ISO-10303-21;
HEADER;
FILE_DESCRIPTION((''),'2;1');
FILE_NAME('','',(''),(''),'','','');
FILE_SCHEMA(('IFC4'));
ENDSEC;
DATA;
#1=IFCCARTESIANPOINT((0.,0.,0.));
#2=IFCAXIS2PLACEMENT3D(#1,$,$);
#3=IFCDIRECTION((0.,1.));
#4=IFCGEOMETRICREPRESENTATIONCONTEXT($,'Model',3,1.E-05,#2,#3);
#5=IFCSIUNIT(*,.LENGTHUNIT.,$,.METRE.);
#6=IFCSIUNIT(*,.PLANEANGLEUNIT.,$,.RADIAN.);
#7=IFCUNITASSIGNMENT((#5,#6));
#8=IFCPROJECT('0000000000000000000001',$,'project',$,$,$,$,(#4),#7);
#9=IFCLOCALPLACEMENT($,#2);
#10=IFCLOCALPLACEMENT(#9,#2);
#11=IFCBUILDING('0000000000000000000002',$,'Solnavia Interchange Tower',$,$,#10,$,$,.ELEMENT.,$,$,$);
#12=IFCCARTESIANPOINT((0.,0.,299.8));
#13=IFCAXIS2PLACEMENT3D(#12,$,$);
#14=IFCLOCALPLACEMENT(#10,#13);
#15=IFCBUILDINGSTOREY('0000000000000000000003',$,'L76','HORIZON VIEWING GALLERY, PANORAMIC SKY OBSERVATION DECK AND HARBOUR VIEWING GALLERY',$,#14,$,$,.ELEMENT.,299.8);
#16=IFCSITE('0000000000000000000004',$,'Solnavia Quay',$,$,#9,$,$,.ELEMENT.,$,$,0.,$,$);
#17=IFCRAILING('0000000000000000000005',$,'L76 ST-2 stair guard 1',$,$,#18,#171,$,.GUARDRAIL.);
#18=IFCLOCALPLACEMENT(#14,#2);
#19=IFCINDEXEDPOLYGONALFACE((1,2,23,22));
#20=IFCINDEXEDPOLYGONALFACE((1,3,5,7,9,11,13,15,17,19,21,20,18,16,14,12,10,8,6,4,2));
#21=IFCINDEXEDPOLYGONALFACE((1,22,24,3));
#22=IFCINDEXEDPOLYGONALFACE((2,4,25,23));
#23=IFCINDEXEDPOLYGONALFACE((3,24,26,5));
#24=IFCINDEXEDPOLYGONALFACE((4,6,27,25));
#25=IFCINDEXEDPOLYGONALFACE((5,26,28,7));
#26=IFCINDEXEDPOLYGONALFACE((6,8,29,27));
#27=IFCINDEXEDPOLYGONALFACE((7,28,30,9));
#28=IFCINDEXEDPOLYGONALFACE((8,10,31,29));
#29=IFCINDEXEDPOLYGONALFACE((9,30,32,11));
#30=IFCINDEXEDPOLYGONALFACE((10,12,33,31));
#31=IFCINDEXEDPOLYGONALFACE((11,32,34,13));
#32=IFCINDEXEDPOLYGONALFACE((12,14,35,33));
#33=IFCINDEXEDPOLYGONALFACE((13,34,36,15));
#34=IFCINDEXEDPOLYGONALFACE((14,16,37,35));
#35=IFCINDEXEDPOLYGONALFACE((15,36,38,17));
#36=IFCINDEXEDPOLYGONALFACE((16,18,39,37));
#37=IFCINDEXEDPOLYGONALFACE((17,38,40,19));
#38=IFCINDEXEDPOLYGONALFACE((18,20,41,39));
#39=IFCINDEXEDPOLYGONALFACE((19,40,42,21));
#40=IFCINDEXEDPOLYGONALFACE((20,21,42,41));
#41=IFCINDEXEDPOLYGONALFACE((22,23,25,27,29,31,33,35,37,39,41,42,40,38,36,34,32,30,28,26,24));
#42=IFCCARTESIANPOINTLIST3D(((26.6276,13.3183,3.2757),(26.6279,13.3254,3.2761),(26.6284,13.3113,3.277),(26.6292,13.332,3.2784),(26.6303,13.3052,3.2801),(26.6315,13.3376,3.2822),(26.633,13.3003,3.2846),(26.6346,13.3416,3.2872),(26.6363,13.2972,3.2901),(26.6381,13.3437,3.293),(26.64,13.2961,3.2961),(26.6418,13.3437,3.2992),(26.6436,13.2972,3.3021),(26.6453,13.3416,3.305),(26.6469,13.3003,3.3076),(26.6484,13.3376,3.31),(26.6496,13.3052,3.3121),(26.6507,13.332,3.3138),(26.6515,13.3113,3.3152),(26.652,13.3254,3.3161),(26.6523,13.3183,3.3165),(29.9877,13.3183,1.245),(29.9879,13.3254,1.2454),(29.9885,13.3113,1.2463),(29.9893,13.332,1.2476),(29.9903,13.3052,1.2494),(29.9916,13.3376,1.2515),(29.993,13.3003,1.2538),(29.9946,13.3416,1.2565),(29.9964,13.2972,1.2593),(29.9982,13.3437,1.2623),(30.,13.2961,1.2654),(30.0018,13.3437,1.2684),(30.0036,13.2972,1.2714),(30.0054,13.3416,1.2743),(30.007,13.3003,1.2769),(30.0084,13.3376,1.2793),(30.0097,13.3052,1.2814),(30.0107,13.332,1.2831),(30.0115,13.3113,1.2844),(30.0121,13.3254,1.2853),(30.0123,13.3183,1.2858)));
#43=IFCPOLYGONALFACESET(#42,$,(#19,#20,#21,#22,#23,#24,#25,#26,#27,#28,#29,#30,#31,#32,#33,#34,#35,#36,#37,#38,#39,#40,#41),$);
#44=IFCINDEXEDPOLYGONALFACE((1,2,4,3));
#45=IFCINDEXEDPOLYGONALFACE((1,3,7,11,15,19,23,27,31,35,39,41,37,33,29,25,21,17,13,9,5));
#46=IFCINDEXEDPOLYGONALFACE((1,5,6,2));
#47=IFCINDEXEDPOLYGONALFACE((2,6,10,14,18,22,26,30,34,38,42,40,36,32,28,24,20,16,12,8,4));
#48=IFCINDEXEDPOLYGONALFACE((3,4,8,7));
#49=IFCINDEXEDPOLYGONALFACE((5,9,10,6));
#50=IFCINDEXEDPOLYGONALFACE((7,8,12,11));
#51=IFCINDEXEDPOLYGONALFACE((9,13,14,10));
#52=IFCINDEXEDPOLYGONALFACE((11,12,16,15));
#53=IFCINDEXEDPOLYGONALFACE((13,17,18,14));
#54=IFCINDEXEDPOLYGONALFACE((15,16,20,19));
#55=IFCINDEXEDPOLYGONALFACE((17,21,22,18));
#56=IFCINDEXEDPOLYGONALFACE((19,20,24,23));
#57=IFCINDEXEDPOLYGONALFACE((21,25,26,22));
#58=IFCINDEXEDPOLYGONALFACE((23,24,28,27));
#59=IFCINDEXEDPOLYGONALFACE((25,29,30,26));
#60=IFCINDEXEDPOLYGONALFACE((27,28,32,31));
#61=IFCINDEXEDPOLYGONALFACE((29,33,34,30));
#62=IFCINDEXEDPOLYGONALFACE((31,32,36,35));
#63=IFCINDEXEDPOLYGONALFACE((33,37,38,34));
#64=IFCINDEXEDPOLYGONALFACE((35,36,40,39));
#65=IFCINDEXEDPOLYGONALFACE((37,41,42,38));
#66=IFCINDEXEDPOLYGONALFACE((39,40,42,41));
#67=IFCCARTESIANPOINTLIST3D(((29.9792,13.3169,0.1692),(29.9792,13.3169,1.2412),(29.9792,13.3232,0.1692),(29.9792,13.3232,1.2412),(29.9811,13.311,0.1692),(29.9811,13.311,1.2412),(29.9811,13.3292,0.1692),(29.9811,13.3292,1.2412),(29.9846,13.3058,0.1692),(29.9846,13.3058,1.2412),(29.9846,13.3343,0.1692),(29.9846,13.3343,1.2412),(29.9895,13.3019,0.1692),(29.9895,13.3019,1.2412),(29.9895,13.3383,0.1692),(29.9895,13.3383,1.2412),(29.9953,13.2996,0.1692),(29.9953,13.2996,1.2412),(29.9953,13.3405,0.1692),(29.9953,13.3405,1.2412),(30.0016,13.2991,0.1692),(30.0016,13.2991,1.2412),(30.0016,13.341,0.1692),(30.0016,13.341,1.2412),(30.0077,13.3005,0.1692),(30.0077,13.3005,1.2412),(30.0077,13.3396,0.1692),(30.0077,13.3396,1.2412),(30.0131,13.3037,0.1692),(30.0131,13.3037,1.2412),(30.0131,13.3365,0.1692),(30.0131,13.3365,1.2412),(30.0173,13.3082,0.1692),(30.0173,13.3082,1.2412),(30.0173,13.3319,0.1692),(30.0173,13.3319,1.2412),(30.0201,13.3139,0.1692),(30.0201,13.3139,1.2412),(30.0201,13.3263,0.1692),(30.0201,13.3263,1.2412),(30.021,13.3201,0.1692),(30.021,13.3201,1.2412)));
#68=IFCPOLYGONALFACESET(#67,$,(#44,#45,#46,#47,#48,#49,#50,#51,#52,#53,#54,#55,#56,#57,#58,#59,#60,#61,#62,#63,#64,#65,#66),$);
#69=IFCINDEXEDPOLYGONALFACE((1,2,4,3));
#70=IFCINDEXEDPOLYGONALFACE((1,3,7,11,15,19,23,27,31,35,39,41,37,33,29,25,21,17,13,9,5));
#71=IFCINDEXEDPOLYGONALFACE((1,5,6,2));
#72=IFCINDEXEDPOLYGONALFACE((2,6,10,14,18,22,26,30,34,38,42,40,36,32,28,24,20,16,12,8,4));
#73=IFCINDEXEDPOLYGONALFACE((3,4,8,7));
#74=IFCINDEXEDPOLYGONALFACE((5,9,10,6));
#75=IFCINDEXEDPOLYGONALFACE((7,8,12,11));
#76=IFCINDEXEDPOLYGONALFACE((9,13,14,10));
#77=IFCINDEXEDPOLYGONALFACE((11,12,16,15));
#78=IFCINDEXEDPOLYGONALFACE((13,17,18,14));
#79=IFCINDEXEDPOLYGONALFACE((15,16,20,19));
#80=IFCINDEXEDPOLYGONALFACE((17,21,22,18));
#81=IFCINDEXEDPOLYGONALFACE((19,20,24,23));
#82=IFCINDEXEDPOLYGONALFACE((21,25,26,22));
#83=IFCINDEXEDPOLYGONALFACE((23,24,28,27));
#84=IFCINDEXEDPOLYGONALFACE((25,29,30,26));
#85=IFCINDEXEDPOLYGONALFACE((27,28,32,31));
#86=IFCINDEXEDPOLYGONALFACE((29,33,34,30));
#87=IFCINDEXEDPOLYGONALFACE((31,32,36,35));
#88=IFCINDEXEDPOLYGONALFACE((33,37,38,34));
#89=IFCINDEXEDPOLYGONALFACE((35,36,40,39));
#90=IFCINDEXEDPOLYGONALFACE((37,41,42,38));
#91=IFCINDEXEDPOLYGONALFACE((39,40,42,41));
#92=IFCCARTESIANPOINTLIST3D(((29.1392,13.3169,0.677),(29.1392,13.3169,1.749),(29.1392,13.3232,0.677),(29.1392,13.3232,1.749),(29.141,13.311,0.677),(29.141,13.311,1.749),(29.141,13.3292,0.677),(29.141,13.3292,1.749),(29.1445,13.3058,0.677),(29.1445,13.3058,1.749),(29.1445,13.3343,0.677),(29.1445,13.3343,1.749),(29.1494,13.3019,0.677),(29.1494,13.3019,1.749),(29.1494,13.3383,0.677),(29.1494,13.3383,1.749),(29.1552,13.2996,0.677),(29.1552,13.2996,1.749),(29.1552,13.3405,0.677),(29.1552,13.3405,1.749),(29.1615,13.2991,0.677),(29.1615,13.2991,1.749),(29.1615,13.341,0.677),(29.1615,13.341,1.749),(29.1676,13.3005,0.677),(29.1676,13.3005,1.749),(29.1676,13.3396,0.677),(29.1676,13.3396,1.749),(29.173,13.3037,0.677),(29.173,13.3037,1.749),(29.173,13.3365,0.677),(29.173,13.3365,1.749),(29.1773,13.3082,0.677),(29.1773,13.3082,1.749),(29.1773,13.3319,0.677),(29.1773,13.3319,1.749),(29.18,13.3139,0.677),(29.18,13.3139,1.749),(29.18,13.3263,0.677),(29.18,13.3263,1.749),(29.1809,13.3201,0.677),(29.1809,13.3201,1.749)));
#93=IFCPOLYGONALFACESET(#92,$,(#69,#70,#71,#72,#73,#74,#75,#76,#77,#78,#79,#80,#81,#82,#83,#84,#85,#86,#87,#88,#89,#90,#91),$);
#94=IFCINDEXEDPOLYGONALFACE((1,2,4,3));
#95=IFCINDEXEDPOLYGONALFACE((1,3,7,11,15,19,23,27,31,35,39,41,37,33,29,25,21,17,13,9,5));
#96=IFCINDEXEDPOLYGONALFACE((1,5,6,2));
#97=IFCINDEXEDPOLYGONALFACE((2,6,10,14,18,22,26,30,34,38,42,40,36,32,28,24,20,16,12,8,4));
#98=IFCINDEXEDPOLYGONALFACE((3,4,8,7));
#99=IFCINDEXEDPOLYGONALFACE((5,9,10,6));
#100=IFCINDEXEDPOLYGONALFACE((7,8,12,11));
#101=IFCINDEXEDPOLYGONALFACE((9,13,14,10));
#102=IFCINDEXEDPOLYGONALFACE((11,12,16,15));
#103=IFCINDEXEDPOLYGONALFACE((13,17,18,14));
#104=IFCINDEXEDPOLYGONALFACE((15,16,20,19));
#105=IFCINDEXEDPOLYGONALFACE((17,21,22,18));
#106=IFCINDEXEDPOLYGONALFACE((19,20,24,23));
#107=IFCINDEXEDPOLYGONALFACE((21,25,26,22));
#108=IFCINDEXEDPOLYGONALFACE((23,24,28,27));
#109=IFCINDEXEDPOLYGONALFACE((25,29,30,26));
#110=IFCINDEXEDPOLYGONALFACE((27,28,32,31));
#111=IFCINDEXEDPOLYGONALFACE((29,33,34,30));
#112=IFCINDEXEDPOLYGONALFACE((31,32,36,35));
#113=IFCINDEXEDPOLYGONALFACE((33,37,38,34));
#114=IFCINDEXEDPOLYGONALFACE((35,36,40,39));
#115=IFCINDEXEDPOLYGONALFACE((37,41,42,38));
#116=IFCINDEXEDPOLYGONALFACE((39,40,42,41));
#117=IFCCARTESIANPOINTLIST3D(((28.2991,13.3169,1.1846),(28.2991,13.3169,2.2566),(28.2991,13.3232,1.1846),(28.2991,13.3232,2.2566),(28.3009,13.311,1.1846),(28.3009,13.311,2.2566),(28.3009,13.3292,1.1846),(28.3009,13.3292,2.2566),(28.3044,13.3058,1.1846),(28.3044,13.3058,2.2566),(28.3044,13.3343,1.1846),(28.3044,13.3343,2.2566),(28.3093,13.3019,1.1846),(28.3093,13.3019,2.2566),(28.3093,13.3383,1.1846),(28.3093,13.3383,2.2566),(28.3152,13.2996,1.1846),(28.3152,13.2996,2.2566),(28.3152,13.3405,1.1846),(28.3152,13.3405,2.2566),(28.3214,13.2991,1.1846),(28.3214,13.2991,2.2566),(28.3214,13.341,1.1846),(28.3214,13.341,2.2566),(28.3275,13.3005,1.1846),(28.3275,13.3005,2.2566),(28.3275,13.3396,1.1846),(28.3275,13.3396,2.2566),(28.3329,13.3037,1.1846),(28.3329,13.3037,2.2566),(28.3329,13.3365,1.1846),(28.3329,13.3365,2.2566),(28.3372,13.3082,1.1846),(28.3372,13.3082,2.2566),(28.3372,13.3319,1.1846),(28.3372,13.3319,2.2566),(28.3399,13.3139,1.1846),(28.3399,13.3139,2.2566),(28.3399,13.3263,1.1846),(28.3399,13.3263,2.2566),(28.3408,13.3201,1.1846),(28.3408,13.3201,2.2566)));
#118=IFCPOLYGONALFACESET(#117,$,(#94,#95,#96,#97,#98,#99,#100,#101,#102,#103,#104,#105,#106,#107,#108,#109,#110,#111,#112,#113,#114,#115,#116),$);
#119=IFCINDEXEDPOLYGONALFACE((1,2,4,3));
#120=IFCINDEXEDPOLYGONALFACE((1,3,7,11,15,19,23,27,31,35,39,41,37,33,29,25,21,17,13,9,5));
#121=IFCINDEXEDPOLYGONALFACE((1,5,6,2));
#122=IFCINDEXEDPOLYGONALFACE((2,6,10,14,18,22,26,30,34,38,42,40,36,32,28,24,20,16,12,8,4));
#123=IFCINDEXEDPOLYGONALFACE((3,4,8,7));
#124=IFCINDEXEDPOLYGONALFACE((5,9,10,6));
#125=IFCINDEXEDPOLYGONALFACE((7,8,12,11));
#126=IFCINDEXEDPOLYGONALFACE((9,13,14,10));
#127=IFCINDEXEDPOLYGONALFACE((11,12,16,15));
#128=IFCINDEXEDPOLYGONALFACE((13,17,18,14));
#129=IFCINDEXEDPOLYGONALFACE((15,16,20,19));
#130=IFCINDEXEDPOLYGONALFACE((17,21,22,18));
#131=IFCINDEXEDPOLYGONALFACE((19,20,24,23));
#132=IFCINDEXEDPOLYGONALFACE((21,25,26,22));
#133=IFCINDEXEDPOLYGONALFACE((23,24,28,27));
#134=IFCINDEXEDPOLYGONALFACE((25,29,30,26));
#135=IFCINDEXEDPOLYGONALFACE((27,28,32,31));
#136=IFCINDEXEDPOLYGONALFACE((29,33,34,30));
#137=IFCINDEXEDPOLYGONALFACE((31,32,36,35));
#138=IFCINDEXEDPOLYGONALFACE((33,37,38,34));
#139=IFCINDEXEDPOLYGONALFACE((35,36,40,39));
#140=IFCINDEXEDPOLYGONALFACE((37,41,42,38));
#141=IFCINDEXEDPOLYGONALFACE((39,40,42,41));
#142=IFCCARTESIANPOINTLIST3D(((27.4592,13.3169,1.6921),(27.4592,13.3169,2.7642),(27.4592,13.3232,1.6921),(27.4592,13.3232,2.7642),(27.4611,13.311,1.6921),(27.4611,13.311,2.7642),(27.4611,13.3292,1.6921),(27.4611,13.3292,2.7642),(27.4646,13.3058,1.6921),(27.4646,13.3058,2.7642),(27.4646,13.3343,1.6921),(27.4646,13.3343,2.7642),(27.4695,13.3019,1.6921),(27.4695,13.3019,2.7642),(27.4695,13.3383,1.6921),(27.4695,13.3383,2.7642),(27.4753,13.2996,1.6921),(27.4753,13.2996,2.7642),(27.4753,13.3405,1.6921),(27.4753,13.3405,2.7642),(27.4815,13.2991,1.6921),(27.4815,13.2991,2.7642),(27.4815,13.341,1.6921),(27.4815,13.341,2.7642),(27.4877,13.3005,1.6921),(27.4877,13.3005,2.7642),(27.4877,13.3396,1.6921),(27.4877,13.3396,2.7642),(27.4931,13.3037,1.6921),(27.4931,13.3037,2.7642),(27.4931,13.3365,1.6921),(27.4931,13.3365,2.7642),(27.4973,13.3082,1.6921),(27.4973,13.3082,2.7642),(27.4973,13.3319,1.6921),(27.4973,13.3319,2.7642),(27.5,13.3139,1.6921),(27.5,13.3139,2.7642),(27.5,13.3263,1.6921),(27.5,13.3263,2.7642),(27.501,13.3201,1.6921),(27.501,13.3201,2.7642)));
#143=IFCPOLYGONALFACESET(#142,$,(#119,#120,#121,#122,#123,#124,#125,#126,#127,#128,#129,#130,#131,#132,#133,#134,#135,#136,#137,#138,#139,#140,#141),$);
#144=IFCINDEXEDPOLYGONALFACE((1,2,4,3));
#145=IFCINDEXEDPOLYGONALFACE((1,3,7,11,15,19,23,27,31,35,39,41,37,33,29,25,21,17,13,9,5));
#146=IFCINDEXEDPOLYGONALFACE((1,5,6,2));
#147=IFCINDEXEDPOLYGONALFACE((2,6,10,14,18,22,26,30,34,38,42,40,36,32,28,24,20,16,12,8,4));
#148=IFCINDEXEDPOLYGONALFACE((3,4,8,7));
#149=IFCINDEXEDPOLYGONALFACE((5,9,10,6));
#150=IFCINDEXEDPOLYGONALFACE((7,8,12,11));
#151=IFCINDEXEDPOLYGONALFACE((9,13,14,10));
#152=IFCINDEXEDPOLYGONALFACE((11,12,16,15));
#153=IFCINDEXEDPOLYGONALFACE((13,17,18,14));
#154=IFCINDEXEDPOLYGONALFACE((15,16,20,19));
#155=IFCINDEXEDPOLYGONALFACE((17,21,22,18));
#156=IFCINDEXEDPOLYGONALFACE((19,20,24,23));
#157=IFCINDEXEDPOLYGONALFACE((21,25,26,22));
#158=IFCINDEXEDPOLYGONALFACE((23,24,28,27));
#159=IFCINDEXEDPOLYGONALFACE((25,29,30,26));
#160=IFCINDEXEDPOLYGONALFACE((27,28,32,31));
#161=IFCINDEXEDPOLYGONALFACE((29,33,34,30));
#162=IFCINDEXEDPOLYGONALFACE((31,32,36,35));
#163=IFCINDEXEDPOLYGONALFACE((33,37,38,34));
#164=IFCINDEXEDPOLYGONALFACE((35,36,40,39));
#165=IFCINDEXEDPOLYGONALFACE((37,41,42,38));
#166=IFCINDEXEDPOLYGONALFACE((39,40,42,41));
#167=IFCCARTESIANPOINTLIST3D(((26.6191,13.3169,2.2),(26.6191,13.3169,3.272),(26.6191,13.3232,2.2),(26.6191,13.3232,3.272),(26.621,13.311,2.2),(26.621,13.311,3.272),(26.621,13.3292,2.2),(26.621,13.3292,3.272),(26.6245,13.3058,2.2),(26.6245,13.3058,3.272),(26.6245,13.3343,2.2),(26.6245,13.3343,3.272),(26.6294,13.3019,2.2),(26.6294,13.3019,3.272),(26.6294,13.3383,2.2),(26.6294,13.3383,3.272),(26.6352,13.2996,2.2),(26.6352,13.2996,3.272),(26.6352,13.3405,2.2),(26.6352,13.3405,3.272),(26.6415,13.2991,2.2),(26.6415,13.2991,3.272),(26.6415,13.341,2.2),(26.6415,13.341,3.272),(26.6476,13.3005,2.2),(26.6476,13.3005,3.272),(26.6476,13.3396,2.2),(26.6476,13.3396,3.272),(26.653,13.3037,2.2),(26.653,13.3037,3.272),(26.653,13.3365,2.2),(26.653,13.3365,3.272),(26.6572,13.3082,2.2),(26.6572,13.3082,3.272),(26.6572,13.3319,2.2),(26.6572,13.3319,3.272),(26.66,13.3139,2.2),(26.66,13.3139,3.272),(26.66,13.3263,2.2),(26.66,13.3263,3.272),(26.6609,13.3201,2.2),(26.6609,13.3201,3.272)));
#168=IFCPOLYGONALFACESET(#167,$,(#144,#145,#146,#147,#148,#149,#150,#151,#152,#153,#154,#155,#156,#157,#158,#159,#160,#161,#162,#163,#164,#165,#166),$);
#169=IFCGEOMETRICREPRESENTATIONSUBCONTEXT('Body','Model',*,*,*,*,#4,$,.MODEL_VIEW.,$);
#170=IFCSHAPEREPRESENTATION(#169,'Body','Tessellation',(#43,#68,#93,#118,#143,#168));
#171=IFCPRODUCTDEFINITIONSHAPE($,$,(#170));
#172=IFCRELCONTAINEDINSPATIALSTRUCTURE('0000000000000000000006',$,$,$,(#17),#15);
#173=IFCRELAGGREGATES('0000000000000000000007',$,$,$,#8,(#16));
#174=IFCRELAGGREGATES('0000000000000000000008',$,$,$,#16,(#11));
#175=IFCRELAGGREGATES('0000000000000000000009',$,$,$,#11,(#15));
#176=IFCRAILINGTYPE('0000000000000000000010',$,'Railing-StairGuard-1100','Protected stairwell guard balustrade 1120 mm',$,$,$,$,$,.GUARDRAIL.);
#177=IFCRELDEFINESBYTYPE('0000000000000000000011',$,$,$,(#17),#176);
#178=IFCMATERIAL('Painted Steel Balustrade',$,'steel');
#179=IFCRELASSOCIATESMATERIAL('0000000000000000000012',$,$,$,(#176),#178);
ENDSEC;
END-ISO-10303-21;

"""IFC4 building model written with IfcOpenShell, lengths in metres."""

from ifc_helpers import new_model, si_unit, direction, frame, origin, origin_2d, place, context, subcontext, project, spatial, circle, extrude, material, type_object, element, save


model = new_model("IFC4")

# Units and contexts
model_context = context("Model", 3, precision=1e-05, world=origin(), true_north=direction((0.0, 1.0)))
body_context = subcontext(model_context, "Body", "Model", "MODEL_VIEW")
ifc_project = project(units=[si_unit("LENGTHUNIT", "METRE"), si_unit("PLANEANGLEUNIT", "RADIAN")], contexts=[model_context])

# Site, building, storey
site_placement = place(None, origin())
site = spatial("IfcSite", under=ifc_project, at=site_placement, Name="Solnavia Quay", CompositionType="ELEMENT", RefElevation=0.0)
building_placement = place(site_placement, origin())
building = spatial("IfcBuilding", under=site, at=building_placement, Name="Solnavia Interchange Tower", CompositionType="ELEMENT")
storey_placement = place(building_placement, frame((0.0, 0.0, 299.8)))
storey = spatial("IfcBuildingStorey", under=building, at=storey_placement, Name="L76", Description="HORIZON VIEWING GALLERY, PANORAMIC SKY OBSERVATION DECK AND HARBOUR VIEWING GALLERY", CompositionType="ELEMENT", Elevation=299.8)

# Railing
ifc_material_1 = material(Name="Painted Steel Balustrade", Category="steel")
railing_type_1 = type_object("IfcRailingType", Name="Railing-StairGuard-1100", Description="Protected stairwell guard balustrade 1120 mm", PredefinedType="GUARDRAIL", material=ifc_material_1)
railing_1_placement = place(storey_placement, frame((30.0, 13.3201, 0.1692)))
element("IfcRailing", 1, at=railing_1_placement, inside=storey, type_object=railing_type_1, Name="L76 ST-2 stair guard 1", PredefinedType="GUARDRAIL", context=body_context, shape_type="SweptSolid", body=[
    extrude(circle(Radius=0.0239, at=origin_2d()), frame((0.0, 0.0, 1.0962), z_axis=(-0.855837, 0.0, 0.517246), x_axis=(0.0, -1.0, 0.0)), (0.0, 0.0, 1.0), 3.926),
    extrude(circle(Radius=0.021, at=origin_2d()), origin(), (0.0, 0.0, 1.0), 1.072),
    extrude(circle(Radius=0.021, at=origin_2d()), frame((-0.8401, 0.0, 0.5078)), (0.0, 0.0, 1.0), 1.072),
    extrude(circle(Radius=0.021, at=origin_2d()), frame((-1.6802, 0.0, 1.0154)), (0.0, 0.0, 1.0), 1.072),
    extrude(circle(Radius=0.021, at=origin_2d()), frame((-2.52, 0.0, 1.5229)), (0.0, 0.0, 1.0), 1.072),
    extrude(circle(Radius=0.021, at=origin_2d()), frame((-3.3601, 0.0, 2.0308)), (0.0, 0.0, 1.0), 1.072),
])

save(model, "model.ifc")
